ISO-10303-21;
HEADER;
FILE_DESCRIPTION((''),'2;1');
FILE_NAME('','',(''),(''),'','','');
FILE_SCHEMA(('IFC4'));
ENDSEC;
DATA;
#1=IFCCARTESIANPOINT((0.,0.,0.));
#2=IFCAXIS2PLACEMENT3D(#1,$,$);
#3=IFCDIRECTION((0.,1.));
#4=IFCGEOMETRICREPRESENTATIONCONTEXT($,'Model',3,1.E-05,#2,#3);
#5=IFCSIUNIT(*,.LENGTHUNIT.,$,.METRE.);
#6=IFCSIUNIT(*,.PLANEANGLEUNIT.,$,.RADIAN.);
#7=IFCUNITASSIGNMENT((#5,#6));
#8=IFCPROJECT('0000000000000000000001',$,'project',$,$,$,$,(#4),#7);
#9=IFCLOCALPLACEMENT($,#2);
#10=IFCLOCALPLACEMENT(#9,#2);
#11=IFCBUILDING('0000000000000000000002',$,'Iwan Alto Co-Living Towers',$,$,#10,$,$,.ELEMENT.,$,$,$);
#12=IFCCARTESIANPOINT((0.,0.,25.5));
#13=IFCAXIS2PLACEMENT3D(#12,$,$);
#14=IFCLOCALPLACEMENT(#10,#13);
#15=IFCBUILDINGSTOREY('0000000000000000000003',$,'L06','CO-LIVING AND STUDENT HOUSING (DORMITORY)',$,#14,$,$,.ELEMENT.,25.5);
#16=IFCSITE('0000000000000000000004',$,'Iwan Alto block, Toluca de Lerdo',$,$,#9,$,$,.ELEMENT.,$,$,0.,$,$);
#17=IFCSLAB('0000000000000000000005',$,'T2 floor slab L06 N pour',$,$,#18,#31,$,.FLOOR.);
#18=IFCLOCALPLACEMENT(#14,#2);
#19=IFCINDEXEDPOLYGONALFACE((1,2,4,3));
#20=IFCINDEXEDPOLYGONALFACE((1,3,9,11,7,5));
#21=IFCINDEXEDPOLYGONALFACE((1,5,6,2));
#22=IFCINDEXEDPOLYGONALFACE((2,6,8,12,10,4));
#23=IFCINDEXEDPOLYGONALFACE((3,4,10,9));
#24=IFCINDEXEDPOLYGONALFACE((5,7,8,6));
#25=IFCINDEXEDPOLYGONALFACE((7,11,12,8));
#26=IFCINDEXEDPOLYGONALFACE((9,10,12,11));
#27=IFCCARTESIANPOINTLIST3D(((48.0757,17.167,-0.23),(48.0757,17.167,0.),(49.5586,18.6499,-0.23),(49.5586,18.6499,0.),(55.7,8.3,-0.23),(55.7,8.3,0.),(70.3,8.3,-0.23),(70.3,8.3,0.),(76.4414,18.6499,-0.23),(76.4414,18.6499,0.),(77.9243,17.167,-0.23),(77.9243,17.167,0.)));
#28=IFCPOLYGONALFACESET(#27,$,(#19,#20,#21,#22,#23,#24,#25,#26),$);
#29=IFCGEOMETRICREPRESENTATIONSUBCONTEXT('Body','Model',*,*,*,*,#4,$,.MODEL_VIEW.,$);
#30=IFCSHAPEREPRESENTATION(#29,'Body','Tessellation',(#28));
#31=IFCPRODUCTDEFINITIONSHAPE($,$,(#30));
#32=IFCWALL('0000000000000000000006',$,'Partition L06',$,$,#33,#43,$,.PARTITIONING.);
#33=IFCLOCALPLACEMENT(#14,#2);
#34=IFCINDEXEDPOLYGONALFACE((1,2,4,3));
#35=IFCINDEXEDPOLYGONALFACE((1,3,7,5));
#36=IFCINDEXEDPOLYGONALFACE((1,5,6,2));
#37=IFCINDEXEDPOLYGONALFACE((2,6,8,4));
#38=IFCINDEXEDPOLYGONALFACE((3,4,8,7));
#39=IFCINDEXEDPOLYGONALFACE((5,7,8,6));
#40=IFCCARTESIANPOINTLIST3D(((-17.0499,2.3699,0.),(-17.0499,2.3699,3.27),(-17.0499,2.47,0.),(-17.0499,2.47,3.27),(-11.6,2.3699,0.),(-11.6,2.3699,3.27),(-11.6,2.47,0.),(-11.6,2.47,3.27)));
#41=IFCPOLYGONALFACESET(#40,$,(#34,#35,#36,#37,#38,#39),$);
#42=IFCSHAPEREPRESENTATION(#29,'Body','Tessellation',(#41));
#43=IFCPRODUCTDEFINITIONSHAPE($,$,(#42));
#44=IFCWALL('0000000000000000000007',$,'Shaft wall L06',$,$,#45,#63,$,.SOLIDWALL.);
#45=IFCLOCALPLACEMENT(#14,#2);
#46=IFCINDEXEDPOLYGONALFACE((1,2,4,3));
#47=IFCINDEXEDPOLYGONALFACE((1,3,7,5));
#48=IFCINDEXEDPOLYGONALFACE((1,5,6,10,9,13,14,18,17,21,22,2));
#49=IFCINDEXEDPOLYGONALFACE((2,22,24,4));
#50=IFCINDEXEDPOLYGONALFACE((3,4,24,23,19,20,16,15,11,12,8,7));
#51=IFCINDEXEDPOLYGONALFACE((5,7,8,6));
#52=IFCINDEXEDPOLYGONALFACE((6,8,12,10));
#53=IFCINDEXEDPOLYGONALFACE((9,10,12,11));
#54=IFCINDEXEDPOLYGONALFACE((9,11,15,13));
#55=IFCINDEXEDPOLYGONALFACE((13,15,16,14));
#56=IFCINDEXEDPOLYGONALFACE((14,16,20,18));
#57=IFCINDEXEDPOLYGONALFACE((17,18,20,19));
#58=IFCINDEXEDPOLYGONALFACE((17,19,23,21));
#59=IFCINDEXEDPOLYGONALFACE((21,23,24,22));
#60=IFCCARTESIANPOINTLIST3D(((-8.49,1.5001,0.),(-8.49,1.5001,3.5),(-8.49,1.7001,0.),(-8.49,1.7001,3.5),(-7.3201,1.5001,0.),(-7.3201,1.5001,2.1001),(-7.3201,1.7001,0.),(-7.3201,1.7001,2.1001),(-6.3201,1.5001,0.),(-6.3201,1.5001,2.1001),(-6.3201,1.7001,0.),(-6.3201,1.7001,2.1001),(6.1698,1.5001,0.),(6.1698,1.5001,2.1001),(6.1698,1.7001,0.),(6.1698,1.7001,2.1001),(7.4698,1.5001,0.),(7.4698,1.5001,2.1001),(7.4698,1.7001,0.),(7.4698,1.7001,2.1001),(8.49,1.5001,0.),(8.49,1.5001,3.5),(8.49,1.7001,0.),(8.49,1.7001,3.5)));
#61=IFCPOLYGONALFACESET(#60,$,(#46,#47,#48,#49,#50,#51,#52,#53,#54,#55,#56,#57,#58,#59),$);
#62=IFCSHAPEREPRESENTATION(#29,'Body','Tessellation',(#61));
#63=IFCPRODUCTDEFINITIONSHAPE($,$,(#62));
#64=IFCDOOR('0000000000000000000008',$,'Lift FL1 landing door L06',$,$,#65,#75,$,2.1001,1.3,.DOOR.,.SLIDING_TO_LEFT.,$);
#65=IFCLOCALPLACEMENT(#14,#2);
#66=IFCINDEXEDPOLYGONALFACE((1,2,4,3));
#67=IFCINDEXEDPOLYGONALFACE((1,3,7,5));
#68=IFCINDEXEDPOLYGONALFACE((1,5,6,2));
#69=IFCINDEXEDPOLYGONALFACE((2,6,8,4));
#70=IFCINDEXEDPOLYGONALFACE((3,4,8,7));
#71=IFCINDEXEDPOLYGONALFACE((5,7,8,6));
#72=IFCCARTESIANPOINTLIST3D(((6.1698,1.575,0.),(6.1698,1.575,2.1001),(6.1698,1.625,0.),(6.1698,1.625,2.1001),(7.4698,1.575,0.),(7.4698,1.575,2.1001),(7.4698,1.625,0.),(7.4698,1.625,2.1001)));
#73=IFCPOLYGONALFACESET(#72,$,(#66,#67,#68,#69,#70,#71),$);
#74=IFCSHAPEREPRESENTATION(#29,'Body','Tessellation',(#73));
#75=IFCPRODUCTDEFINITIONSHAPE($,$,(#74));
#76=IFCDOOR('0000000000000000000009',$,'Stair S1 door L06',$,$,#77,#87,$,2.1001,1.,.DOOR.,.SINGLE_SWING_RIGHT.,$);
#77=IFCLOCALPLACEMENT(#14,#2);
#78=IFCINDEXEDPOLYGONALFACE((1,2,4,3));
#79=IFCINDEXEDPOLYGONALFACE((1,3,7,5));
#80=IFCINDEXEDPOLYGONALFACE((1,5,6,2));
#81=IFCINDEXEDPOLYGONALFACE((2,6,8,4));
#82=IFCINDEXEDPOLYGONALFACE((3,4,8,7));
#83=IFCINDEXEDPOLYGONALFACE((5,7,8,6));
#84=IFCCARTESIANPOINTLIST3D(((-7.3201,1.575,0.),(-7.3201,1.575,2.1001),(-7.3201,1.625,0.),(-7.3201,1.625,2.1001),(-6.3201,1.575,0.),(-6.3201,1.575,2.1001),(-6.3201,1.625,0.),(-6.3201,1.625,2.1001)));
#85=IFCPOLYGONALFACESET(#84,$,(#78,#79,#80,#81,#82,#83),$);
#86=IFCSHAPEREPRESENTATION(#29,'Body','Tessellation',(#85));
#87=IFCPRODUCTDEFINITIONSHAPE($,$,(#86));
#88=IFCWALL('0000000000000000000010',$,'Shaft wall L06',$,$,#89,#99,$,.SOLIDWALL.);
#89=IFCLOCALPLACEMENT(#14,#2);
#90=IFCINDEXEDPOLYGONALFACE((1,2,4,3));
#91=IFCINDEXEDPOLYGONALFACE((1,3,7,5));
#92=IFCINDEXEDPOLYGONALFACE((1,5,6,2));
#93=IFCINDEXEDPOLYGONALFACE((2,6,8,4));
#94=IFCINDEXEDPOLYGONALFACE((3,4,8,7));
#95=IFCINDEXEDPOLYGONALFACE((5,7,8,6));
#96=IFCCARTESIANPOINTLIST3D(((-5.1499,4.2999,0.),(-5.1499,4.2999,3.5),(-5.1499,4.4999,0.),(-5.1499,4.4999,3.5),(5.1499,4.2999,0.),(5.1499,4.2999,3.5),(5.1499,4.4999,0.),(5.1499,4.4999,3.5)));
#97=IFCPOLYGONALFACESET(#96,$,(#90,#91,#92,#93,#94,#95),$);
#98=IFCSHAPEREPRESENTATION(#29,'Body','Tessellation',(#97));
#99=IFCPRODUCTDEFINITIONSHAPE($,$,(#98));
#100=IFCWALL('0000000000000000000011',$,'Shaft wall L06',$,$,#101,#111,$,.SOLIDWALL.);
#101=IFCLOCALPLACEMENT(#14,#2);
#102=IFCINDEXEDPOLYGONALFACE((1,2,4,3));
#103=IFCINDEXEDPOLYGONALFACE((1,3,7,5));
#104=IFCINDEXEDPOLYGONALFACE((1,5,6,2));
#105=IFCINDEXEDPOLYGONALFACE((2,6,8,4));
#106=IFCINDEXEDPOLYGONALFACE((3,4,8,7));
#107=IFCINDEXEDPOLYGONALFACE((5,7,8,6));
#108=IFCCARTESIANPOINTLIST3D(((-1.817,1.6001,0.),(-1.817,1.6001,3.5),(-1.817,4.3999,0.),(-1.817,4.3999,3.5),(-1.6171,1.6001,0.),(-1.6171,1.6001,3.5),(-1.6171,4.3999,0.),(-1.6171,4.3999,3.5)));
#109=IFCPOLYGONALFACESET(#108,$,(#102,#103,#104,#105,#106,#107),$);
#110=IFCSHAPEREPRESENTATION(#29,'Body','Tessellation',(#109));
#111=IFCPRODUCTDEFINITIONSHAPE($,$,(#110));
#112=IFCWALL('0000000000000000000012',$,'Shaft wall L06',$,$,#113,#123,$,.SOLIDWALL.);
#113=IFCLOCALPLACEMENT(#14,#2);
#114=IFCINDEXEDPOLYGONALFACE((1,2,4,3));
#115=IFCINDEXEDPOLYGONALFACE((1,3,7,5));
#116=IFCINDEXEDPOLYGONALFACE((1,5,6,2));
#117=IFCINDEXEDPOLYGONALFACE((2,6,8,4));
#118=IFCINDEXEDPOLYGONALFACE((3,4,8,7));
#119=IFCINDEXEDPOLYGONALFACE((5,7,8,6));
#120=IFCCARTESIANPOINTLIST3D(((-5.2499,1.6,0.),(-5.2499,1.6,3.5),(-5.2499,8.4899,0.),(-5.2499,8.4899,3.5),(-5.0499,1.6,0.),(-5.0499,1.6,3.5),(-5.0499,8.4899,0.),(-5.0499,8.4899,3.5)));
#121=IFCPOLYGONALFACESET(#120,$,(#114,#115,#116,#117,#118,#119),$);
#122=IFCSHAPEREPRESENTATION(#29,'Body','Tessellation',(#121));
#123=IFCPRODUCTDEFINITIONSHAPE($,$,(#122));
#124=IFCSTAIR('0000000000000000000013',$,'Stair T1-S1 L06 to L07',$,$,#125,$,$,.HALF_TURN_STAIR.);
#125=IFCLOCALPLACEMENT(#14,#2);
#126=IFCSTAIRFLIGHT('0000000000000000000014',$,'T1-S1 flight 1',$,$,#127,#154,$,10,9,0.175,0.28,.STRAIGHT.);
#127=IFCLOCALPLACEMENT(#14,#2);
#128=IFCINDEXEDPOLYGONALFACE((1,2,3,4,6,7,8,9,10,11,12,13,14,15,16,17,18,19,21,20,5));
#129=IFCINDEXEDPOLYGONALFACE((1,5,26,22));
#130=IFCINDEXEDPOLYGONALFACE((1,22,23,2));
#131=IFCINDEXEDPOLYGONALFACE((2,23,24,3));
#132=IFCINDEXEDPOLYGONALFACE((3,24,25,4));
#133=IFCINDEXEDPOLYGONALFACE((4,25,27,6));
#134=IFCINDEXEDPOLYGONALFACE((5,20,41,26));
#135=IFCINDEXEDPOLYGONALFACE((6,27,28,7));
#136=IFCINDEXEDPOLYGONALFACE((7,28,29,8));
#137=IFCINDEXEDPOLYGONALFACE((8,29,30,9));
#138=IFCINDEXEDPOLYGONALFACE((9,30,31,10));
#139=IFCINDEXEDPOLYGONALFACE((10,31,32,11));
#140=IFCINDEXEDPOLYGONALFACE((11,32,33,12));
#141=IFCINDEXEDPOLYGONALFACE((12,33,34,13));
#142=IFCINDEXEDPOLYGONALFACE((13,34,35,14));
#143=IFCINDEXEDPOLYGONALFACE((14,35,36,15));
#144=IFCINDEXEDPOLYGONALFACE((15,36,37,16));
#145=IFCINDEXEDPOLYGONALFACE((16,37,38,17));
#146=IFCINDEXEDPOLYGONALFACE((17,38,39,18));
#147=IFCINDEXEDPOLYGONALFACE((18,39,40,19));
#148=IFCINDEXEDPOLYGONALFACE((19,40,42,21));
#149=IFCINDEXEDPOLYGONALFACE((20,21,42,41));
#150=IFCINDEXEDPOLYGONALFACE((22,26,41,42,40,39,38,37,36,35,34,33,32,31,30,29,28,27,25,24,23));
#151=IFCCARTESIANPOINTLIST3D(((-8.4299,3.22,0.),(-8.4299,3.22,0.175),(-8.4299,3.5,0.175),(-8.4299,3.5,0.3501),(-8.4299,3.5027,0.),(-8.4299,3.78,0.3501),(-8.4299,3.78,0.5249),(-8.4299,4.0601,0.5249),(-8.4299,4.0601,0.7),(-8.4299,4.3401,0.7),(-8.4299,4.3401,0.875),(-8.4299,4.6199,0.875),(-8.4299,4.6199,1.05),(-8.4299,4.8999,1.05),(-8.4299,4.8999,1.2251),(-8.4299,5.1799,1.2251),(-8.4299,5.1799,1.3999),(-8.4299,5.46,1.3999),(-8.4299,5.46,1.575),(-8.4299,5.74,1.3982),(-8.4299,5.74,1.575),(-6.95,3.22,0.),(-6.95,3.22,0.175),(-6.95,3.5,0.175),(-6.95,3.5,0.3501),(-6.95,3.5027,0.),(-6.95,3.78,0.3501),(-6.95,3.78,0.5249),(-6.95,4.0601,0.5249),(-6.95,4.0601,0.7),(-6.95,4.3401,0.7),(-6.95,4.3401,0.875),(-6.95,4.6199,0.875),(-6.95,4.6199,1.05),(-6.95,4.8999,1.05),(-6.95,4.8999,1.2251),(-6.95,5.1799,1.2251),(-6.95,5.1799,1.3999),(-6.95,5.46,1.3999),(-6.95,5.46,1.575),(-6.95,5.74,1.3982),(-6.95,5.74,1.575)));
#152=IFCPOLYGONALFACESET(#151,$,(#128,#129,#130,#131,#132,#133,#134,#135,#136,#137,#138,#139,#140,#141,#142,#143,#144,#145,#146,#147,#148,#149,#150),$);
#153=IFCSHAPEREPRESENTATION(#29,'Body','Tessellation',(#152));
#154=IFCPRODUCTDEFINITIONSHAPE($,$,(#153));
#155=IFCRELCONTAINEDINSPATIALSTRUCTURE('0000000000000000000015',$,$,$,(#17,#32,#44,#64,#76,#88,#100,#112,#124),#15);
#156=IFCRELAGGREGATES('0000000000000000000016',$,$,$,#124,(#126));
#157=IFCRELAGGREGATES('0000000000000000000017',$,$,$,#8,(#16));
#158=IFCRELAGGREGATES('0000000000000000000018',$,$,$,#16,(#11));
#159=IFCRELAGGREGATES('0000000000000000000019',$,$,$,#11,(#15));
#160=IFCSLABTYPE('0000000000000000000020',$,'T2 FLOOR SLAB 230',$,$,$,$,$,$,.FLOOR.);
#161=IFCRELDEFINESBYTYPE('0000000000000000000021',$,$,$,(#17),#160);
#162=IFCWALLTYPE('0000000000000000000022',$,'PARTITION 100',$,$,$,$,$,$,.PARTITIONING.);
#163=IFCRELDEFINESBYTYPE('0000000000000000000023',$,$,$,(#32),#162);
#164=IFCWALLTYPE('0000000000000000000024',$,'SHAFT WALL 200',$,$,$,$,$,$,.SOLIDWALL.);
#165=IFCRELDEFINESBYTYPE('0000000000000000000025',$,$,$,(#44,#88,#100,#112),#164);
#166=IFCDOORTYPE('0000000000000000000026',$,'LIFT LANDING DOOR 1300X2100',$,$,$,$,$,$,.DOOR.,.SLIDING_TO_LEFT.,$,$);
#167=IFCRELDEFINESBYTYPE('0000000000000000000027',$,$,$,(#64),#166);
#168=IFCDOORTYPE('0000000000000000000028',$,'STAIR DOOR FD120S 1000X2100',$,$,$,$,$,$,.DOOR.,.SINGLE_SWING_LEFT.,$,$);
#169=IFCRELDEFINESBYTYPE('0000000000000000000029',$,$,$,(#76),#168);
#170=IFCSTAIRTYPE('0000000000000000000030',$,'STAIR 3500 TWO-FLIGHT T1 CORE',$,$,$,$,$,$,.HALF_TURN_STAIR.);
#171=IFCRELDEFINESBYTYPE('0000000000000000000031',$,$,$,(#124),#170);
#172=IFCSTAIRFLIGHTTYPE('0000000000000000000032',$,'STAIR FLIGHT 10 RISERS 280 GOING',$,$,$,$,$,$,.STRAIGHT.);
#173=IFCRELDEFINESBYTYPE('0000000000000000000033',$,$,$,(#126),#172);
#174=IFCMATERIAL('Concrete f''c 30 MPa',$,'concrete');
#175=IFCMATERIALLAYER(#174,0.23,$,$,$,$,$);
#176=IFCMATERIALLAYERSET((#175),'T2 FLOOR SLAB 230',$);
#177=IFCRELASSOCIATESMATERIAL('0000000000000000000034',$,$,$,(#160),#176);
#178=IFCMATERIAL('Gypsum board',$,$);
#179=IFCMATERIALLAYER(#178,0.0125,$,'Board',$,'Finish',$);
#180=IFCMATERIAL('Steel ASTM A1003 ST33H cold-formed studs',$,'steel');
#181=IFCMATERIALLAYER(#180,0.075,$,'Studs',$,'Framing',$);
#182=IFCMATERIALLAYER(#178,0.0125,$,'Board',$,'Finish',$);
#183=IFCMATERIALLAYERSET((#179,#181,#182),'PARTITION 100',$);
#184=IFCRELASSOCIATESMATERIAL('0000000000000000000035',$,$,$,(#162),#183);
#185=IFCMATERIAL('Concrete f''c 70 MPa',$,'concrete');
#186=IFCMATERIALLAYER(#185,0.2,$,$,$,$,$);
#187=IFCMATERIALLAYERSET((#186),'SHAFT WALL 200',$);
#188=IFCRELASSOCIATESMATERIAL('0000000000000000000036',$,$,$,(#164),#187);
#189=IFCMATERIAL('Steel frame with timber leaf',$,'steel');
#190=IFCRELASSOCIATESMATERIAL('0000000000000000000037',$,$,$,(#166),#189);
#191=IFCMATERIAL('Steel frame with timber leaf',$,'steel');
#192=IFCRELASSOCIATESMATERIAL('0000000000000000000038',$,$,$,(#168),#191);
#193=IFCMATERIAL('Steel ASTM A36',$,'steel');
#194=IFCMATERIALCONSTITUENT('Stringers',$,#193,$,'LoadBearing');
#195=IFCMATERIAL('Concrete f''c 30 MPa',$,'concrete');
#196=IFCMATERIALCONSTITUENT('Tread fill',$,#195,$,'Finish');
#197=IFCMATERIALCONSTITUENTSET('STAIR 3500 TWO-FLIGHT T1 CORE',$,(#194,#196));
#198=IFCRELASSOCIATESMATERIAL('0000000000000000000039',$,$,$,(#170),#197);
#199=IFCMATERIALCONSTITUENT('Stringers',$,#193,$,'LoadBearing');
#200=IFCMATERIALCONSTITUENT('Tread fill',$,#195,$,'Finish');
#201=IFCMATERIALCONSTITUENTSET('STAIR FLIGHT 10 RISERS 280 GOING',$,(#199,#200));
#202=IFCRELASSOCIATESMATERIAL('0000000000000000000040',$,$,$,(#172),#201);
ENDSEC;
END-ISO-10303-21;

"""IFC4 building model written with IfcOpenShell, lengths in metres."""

from ifc_helpers import new_model, si_unit, direction, frame, frame_2d, origin, place, context, subcontext, project, spatial, polyline, rectangle, outline, extrude, material, layer, layer_set, constituent, constituent_set, type_object, element, fill, aggregate, save


model = new_model("IFC4")

# Units and contexts
model_context = context("Model", 3, precision=1e-05, world=origin(), true_north=direction((0.0, 1.0)))
body_context = subcontext(model_context, "Body", "Model", "MODEL_VIEW")
ifc_project = project(units=[si_unit("LENGTHUNIT", "METRE"), si_unit("PLANEANGLEUNIT", "RADIAN")], contexts=[model_context])

# Site, building, storey
site_placement = place(None, origin())
site = spatial("IfcSite", under=ifc_project, at=site_placement, Name="Iwan Alto block, Toluca de Lerdo", CompositionType="ELEMENT", RefElevation=0.0)
building_placement = place(site_placement, origin())
building = spatial("IfcBuilding", under=site, at=building_placement, Name="Iwan Alto Co-Living Towers", CompositionType="ELEMENT")
storey_placement = place(building_placement, frame((0.0, 0.0, 25.5)))
storey = spatial("IfcBuildingStorey", under=building, at=storey_placement, Name="L06", Description="CO-LIVING AND STUDENT HOUSING (DORMITORY)", CompositionType="ELEMENT", Elevation=25.5)

# Slab
ifc_material_1 = material(Name="Concrete f'c 30 MPa", Category="concrete")
ifc_layer_1 = layer(ifc_material_1, 0.23)
ifc_layer_set_1 = layer_set([ifc_layer_1], Name="T2 FLOOR SLAB 230")
slab_type = type_object("IfcSlabType", Name="T2 FLOOR SLAB 230", PredefinedType="FLOOR", material=ifc_layer_set_1)
slab_placement = place(storey_placement, frame((0.0, 0.0, -0.23)))
element("IfcSlab", 1, at=slab_placement, inside=storey, type_object=slab_type, Name="T2 floor slab L06 N pour", PredefinedType="FLOOR", context=body_context, shape_type="SweptSolid", body=[
    extrude(outline(polyline([(49.5586, 18.6499), (76.4414, 18.6499), (77.9243, 17.167), (70.3, 8.3), (55.7, 8.3), (48.0757, 17.167), (49.5586, 18.6499)])), origin(), (0.0, 0.0, 1.0), 0.23),
])

# Wall
ifc_material_2 = material(Name="Gypsum board")
ifc_layer_2 = layer(ifc_material_2, 0.0125, Name="Board", Category="Finish")
ifc_material_3 = material(Name="Steel ASTM A1003 ST33H cold-formed studs", Category="steel")
ifc_layer_3 = layer(ifc_material_3, 0.075, Name="Studs", Category="Framing")
ifc_layer_4 = layer(ifc_material_2, 0.0125, Name="Board", Category="Finish")
ifc_layer_set_2 = layer_set([ifc_layer_2, ifc_layer_3, ifc_layer_4], Name="PARTITION 100")
wall_type_1 = type_object("IfcWallType", Name="PARTITION 100", PredefinedType="PARTITIONING", material=ifc_layer_set_2)
wall_1_placement = place(storey_placement, frame((-17.05, 2.4199, 0.0), z_axis=(0.0, 0.0, 1.0), x_axis=(1.0, 0.0, 0.0)))
element("IfcWall", 2, at=wall_1_placement, inside=storey, type_object=wall_type_1, Name="Partition L06", PredefinedType="PARTITIONING", context=body_context, shape_type="SweptSolid", body=[
    extrude(rectangle(XDim=5.45, YDim=0.1001, at=frame_2d((2.7251, 0.0))), origin(), (0.0, 0.0, 1.0), 3.27),
])

# Wall, openings, doors
ifc_material_4 = material(Name="Concrete f'c 70 MPa", Category="concrete")
ifc_layer_5 = layer(ifc_material_4, 0.2)
ifc_layer_set_3 = layer_set([ifc_layer_5], Name="SHAFT WALL 200")
wall_type_2 = type_object("IfcWallType", Name="SHAFT WALL 200", PredefinedType="SOLIDWALL", material=ifc_layer_set_3)
wall_2_placement = place(storey_placement, frame((-8.49, 1.6001, 0.0), z_axis=(0.0, 0.0, 1.0), x_axis=(1.0, 0.0, 0.0)))
wall_2 = element("IfcWall", 3, at=wall_2_placement, inside=storey, type_object=wall_type_2, Name="Shaft wall L06", PredefinedType="SOLIDWALL", context=body_context, shape_type="SweptSolid", body=[
    extrude(rectangle(XDim=16.98, YDim=0.2, at=frame_2d((8.49, 0.0))), origin(), (0.0, 0.0, 1.0), 3.5),
])
opening_1_placement = place(wall_2_placement, frame((1.1699, 0.0, 0.0)))
opening_1 = element("IfcOpeningElement", 4, at=opening_1_placement, cuts=wall_2, PredefinedType="OPENING", context=body_context, shape_type="SweptSolid", body=[
    extrude(rectangle(XDim=1.0, YDim=2.1001, at=frame_2d((0.5, 1.05))), frame((0.0, 0.1099, 0.0), z_axis=(0.0, -1.0, 0.0), x_axis=(1.0, 0.0, 0.0)), (0.0, 0.0, 1.0), 0.22),
])
opening_2_placement = place(wall_2_placement, frame((14.6599, 0.0, 0.0)))
opening_2 = element("IfcOpeningElement", 5, at=opening_2_placement, cuts=wall_2, PredefinedType="OPENING", context=body_context, shape_type="SweptSolid", body=[
    extrude(rectangle(XDim=1.3, YDim=2.1001, at=frame_2d((0.6499, 1.05))), frame((0.0, 0.1099, 0.0), z_axis=(0.0, -1.0, 0.0), x_axis=(1.0, 0.0, 0.0)), (0.0, 0.0, 1.0), 0.22),
])
ifc_material_5 = material(Name="Steel frame with timber leaf", Category="steel")
door_type_1 = type_object("IfcDoorType", Name="LIFT LANDING DOOR 1300X2100", OperationType="SLIDING_TO_LEFT", PredefinedType="DOOR", material=ifc_material_5)
door_1_placement = place(opening_2_placement, origin())
door_1 = element("IfcDoor", 6, at=door_1_placement, inside=storey, type_object=door_type_1, Name="Lift FL1 landing door L06", OperationType="SLIDING_TO_LEFT", OverallHeight=2.1001, OverallWidth=1.3, PredefinedType="DOOR", context=body_context, shape_type="SweptSolid", body=[
    extrude(rectangle(XDim=1.3, YDim=2.1001, at=frame_2d((0.6499, 1.05))), frame((0.0, 0.0249, 0.0), z_axis=(0.0, -1.0, 0.0), x_axis=(1.0, 0.0, 0.0)), (0.0, 0.0, 1.0), 0.05),
])
fill(opening_2, door_1)
ifc_material_6 = material(Name="Steel frame with timber leaf", Category="steel")
door_type_2 = type_object("IfcDoorType", Name="STAIR DOOR FD120S 1000X2100", OperationType="SINGLE_SWING_LEFT", PredefinedType="DOOR", material=ifc_material_6)
door_2_placement = place(opening_1_placement, origin())
door_2 = element("IfcDoor", 7, at=door_2_placement, inside=storey, type_object=door_type_2, Name="Stair S1 door L06", OperationType="SINGLE_SWING_RIGHT", OverallHeight=2.1001, OverallWidth=1.0, PredefinedType="DOOR", context=body_context, shape_type="SweptSolid", body=[
    extrude(rectangle(XDim=1.0, YDim=2.1001, at=frame_2d((0.5, 1.05))), frame((0.0, 0.0249, 0.0), z_axis=(0.0, -1.0, 0.0), x_axis=(1.0, 0.0, 0.0)), (0.0, 0.0, 1.0), 0.05),
])
fill(opening_1, door_2)

# Walls
wall_3_placement = place(storey_placement, frame((-5.1499, 4.3999, 0.0), z_axis=(0.0, 0.0, 1.0), x_axis=(1.0, 0.0, 0.0)))
element("IfcWall", 8, at=wall_3_placement, inside=storey, type_object=wall_type_2, Name="Shaft wall L06", PredefinedType="SOLIDWALL", context=body_context, shape_type="SweptSolid", body=[
    extrude(rectangle(XDim=10.2998, YDim=0.2, at=frame_2d((5.1499, 0.0))), origin(), (0.0, 0.0, 1.0), 3.5),
])
wall_4_placement = place(storey_placement, frame((-1.717, 1.6001, 0.0), z_axis=(0.0, 0.0, 1.0), x_axis=(0.0, 1.0, 0.0)))
element("IfcWall", 9, at=wall_4_placement, inside=storey, type_object=wall_type_2, Name="Shaft wall L06", PredefinedType="SOLIDWALL", context=body_context, shape_type="SweptSolid", body=[
    extrude(rectangle(XDim=2.7998, YDim=0.2, at=frame_2d((1.3999, 0.0))), origin(), (0.0, 0.0, 1.0), 3.5),
])
wall_5_placement = place(storey_placement, frame((-5.1499, 1.6001, 0.0), z_axis=(0.0, 0.0, 1.0), x_axis=(0.0, 1.0, 0.0)))
element("IfcWall", 10, at=wall_5_placement, inside=storey, type_object=wall_type_2, Name="Shaft wall L06", PredefinedType="SOLIDWALL", context=body_context, shape_type="SweptSolid", body=[
    extrude(rectangle(XDim=6.8899, YDim=0.2, at=frame_2d((3.4448, 0.0))), origin(), (0.0, 0.0, 1.0), 3.5),
])

# Stair, stair flight
ifc_material_7 = material(Name="Steel ASTM A36", Category="steel")
ifc_constituent_1 = constituent(ifc_material_7, Name="Stringers", Category="LoadBearing")
ifc_material_8 = material(Name="Concrete f'c 30 MPa", Category="concrete")
ifc_constituent_2 = constituent(ifc_material_8, Name="Tread fill", Category="Finish")
ifc_constituent_set_1 = constituent_set(constituents=[ifc_constituent_1, ifc_constituent_2], Name="STAIR 3500 TWO-FLIGHT T1 CORE")
stair_type = type_object("IfcStairType", Name="STAIR 3500 TWO-FLIGHT T1 CORE", PredefinedType="HALF_TURN_STAIR", material=ifc_constituent_set_1)
stair_placement = place(storey_placement, origin())
stair = element("IfcStair", 11, at=stair_placement, inside=storey, type_object=stair_type, Name="Stair T1-S1 L06 to L07", PredefinedType="HALF_TURN_STAIR")
ifc_constituent_3 = constituent(ifc_material_7, Name="Stringers", Category="LoadBearing")
ifc_constituent_4 = constituent(ifc_material_8, Name="Tread fill", Category="Finish")
ifc_constituent_set_2 = constituent_set(constituents=[ifc_constituent_3, ifc_constituent_4], Name="STAIR FLIGHT 10 RISERS 280 GOING")
stair_flight_type = type_object("IfcStairFlightType", Name="STAIR FLIGHT 10 RISERS 280 GOING", PredefinedType="STRAIGHT", material=ifc_constituent_set_2)
stair_flight_1_placement = place(storey_placement, frame((-7.6899, 3.22, 0.0), z_axis=(0.0, 0.0, 1.0), x_axis=(0.0, 1.0, 0.0)))
stair_flight_1 = element("IfcStairFlight", 12, at=stair_flight_1_placement, type_object=stair_flight_type, Name="T1-S1 flight 1", NumberOfRisers=10, NumberOfTreads=9, PredefinedType="STRAIGHT", RiserHeight=0.175, TreadLength=0.28, context=body_context, shape_type="SweptSolid", body=[
    extrude(outline(polyline([(0.0, 0.0), (0.0, 0.175), (0.28, 0.175), (0.28, 0.3501), (0.5601, 0.3501), (0.5601, 0.5249), (0.8401, 0.5249), (0.8401, 0.7), (1.1201, 0.7), (1.1201, 0.875), (1.3999, 0.875), (1.3999, 1.05), (1.6799, 1.05), (1.6799, 1.2251), (1.96, 1.2251), (1.96, 1.3999), (2.24, 1.3999), (2.24, 1.575), (2.52, 1.575), (2.52, 1.75), (2.52, 1.3982), (0.2827, 0.0), (0.0, 0.0)])), frame((0.0, 0.74, 0.0), z_axis=(0.0, -1.0, 0.0), x_axis=(1.0, 0.0, 0.0)), (0.0, 0.0, 1.0), 1.48),
])
aggregate(stair, [stair_flight_1])

save(model, "model.ifc")
